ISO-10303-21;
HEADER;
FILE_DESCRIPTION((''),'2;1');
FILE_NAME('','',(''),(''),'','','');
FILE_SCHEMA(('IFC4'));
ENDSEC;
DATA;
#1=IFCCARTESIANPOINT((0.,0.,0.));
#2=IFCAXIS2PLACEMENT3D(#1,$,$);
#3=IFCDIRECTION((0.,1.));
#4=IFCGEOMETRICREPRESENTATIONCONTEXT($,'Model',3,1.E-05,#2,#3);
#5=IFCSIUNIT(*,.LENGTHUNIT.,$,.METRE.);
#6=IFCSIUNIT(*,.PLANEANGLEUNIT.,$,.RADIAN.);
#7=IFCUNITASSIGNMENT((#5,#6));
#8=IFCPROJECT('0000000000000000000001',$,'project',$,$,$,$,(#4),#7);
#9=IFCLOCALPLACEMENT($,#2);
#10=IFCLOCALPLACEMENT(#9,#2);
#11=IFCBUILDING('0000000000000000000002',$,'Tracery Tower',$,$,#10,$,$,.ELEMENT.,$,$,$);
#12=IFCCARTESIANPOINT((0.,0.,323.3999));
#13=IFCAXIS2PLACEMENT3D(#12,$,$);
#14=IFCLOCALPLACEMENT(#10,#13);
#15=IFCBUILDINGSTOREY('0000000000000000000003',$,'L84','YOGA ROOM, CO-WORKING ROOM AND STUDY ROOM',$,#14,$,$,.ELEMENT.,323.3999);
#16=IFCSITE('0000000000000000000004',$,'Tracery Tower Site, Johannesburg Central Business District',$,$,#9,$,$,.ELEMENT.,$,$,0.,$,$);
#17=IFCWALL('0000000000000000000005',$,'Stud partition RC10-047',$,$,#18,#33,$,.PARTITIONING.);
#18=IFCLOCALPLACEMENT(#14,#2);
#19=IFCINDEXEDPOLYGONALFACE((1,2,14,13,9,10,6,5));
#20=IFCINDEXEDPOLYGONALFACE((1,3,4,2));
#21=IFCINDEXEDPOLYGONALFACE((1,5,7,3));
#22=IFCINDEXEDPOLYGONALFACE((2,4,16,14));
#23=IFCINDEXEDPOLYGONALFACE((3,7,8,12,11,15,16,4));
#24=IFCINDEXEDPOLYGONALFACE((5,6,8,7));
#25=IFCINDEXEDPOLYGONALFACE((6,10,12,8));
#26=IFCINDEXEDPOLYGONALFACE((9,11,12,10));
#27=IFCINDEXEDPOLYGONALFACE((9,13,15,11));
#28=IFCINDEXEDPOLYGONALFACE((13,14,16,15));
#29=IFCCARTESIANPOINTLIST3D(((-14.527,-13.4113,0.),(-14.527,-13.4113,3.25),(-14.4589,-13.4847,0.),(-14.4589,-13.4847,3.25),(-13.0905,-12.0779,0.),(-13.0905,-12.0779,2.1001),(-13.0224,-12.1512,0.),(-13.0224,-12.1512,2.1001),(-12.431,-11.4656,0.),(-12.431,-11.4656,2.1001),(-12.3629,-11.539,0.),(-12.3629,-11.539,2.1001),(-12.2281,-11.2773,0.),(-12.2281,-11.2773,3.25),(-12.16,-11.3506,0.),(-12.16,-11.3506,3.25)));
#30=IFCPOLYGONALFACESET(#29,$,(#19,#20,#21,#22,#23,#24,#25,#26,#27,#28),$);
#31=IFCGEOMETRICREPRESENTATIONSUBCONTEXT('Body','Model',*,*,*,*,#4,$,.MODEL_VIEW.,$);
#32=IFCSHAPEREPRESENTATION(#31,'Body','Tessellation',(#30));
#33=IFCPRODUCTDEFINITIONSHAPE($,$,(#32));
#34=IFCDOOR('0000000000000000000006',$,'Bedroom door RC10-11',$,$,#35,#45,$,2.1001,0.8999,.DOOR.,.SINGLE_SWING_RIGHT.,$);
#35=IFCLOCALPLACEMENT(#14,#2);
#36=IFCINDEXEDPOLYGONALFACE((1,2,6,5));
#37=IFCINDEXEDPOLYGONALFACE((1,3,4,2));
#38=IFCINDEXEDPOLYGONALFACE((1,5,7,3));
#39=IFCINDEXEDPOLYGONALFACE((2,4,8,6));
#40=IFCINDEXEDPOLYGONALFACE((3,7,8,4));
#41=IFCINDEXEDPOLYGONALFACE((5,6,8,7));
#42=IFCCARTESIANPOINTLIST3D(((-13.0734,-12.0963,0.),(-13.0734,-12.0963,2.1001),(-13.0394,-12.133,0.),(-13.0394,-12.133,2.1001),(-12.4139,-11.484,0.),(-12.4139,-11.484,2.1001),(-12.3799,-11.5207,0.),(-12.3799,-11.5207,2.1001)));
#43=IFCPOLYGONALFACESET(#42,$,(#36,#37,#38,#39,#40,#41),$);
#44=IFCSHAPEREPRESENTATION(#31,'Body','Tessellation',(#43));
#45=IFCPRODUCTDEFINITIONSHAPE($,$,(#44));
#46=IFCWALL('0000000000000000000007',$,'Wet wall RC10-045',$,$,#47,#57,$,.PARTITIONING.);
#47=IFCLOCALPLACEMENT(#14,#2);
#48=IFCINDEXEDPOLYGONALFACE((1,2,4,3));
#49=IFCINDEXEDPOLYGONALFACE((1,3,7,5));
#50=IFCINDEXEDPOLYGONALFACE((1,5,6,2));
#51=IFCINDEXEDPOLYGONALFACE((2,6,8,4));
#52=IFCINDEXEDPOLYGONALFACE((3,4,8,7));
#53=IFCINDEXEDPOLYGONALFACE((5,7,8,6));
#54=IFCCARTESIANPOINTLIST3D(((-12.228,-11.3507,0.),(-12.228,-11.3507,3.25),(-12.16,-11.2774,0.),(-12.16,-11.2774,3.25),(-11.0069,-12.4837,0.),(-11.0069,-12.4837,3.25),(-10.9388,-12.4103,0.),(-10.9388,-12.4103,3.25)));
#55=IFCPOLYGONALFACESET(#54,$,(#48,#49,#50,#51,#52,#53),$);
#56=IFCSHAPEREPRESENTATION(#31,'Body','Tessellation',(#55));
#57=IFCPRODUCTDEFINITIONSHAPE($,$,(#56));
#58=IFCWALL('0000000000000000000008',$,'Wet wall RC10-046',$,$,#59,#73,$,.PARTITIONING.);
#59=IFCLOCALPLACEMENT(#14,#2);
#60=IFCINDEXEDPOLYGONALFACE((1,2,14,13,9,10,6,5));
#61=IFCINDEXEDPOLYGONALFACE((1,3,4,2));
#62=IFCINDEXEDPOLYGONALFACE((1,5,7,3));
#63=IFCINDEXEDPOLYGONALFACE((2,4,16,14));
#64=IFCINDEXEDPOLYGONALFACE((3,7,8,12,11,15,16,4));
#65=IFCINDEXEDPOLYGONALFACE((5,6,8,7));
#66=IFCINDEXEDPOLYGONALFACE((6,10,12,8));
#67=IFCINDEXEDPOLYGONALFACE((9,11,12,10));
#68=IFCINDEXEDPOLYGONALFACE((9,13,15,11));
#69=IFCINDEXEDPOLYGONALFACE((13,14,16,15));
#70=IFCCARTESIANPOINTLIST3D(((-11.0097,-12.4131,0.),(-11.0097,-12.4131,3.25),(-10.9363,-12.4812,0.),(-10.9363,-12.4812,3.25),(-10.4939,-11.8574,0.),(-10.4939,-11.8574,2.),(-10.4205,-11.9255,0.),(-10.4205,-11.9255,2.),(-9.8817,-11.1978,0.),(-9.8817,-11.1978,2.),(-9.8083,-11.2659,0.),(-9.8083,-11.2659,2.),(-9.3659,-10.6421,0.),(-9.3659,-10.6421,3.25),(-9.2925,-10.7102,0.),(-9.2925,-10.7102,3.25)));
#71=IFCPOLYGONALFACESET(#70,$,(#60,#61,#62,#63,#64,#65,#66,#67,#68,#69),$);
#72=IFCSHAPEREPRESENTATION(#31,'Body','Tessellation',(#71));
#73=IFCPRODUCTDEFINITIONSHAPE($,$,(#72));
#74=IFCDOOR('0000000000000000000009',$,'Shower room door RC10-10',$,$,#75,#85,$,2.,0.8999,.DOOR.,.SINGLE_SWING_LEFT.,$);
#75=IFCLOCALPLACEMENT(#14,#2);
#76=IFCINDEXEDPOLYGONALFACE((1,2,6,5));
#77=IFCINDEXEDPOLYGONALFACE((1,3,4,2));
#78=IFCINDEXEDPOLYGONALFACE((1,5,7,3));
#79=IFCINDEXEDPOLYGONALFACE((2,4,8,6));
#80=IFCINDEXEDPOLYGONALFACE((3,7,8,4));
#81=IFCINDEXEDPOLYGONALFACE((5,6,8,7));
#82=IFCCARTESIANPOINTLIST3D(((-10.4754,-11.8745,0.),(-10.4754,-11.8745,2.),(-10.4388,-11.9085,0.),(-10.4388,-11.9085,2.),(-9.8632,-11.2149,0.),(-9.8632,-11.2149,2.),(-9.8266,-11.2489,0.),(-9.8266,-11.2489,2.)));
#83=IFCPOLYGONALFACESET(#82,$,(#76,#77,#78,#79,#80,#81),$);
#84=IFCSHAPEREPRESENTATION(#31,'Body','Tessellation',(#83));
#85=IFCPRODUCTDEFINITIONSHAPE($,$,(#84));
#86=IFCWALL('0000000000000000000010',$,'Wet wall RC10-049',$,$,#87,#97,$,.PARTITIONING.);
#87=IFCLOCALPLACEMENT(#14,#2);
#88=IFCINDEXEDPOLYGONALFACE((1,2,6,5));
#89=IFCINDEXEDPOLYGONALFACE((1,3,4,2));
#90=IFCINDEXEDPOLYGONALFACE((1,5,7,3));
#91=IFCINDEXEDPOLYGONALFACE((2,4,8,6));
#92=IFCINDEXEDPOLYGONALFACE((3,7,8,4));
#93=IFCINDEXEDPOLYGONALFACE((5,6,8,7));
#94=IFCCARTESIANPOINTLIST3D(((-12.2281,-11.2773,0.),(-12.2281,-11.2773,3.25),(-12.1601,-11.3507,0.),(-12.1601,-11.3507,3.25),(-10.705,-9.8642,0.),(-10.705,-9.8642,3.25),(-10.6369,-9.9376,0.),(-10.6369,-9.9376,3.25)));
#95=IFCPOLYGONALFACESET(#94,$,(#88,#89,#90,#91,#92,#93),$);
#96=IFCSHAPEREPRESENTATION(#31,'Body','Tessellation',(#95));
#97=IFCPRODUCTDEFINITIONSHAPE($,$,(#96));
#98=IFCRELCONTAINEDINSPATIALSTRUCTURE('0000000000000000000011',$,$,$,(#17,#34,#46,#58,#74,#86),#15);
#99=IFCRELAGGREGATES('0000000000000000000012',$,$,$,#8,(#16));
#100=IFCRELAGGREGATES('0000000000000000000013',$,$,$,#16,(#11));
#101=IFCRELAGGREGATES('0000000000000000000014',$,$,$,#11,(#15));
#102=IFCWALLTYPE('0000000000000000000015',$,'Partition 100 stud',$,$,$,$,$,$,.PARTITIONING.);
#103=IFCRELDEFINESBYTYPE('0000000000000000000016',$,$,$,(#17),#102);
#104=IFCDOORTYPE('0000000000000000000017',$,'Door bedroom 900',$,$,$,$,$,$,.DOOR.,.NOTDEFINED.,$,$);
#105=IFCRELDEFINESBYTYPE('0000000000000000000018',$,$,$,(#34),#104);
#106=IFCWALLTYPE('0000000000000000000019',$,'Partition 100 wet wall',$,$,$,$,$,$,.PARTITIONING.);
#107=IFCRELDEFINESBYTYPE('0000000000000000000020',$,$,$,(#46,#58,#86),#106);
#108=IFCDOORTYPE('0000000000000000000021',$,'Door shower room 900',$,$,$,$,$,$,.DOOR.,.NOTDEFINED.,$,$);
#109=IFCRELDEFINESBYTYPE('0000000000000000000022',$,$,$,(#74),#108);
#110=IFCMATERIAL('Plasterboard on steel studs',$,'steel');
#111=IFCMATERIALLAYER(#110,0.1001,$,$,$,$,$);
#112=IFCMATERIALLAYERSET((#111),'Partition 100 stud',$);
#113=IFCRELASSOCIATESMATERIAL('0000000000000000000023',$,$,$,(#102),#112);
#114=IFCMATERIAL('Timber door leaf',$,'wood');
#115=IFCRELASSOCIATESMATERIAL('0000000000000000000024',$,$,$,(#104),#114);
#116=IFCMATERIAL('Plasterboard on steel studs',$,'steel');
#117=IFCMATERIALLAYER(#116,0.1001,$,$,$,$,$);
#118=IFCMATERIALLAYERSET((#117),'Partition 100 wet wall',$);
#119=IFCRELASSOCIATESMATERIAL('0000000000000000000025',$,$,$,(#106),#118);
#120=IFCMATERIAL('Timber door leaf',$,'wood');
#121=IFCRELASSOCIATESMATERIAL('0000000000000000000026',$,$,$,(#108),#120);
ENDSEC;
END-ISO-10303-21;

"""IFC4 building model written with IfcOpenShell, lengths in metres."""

from ifc_helpers import new_model, si_unit, direction, frame, frame_2d, origin, place, context, subcontext, project, spatial, rectangle, extrude, material, layer, layer_set, type_object, element, fill, save


model = new_model("IFC4")

# Units and contexts
model_context = context("Model", 3, precision=1e-05, world=origin(), true_north=direction((0.0, 1.0)))
body_context = subcontext(model_context, "Body", "Model", "MODEL_VIEW")
ifc_project = project(units=[si_unit("LENGTHUNIT", "METRE"), si_unit("PLANEANGLEUNIT", "RADIAN")], contexts=[model_context])

# Site, building, storey
site_placement = place(None, origin())
site = spatial("IfcSite", under=ifc_project, at=site_placement, Name="Tracery Tower Site, Johannesburg Central Business District", CompositionType="ELEMENT", RefElevation=0.0)
building_placement = place(site_placement, origin())
building = spatial("IfcBuilding", under=site, at=building_placement, Name="Tracery Tower", CompositionType="ELEMENT")
storey_placement = place(building_placement, frame((0.0, 0.0, 323.3999)))
storey = spatial("IfcBuildingStorey", under=building, at=storey_placement, Name="L84", Description="YOGA ROOM, CO-WORKING ROOM AND STUDY ROOM", CompositionType="ELEMENT", Elevation=323.3999)

# Wall, opening, door
ifc_material_1 = material(Name="Plasterboard on steel studs", Category="steel")
ifc_layer_1 = layer(ifc_material_1, 0.1001)
ifc_layer_set_1 = layer_set([ifc_layer_1], Name="Partition 100 stud")
wall_type_1 = type_object("IfcWallType", Name="Partition 100 stud", PredefinedType="PARTITIONING", material=ifc_layer_set_1)
wall_1_placement = place(storey_placement, frame((-14.4929, -13.448, 0.0), z_axis=(0.0, 0.0, 1.0), x_axis=(0.732888, 0.68035, 0.0)))
wall_1 = element("IfcWall", 1, at=wall_1_placement, inside=storey, type_object=wall_type_1, Name="Stud partition RC10-047", PredefinedType="PARTITIONING", context=body_context, shape_type="SweptSolid", body=[
    extrude(rectangle(XDim=3.1367, YDim=0.1001, at=frame_2d((1.5684, 0.0))), origin(), (0.0, 0.0, 1.0), 3.25),
])
opening_1_placement = place(wall_1_placement, frame((1.96, 0.0, 0.0)))
opening_1 = element("IfcOpeningElement", 2, at=opening_1_placement, cuts=wall_1, PredefinedType="OPENING", context=body_context, shape_type="SweptSolid", body=[
    extrude(rectangle(XDim=0.8999, YDim=2.1001, at=frame_2d((0.45, 1.05))), frame((0.0, 0.05, 0.0), z_axis=(0.0, -1.0, 0.0), x_axis=(1.0, 0.0, 0.0)), (0.0, 0.0, 1.0), 0.1001),
])
ifc_material_2 = material(Name="Timber door leaf", Category="wood")
door_type_1 = type_object("IfcDoorType", Name="Door bedroom 900", OperationType="NOTDEFINED", PredefinedType="DOOR", material=ifc_material_2)
door_1_placement = place(opening_1_placement, origin())
door_1 = element("IfcDoor", 3, at=door_1_placement, inside=storey, type_object=door_type_1, Name="Bedroom door RC10-11", OperationType="SINGLE_SWING_RIGHT", OverallHeight=2.1001, OverallWidth=0.8999, PredefinedType="DOOR", context=body_context, shape_type="SweptSolid", body=[
    extrude(rectangle(XDim=0.8999, YDim=2.1001, at=frame_2d((0.45, 1.05))), frame((0.0, 0.0249, 0.0), z_axis=(0.0, -1.0, 0.0), x_axis=(1.0, 0.0, 0.0)), (0.0, 0.0, 1.0), 0.05),
])
fill(opening_1, door_1)

# Wall
ifc_material_3 = material(Name="Plasterboard on steel studs", Category="steel")
ifc_layer_2 = layer(ifc_material_3, 0.1001)
ifc_layer_set_2 = layer_set([ifc_layer_2], Name="Partition 100 wet wall")
wall_type_2 = type_object("IfcWallType", Name="Partition 100 wet wall", PredefinedType="PARTITIONING", material=ifc_layer_set_2)
wall_2_placement = place(storey_placement, frame((-12.1941, -11.314, 0.0), z_axis=(0.0, 0.0, 1.0), x_axis=(0.733065, -0.680159, 0.0)))
element("IfcWall", 4, at=wall_2_placement, inside=storey, type_object=wall_type_2, Name="Wet wall RC10-045", PredefinedType="PARTITIONING", context=body_context, shape_type="SweptSolid", body=[
    extrude(rectangle(XDim=1.6658, YDim=0.1001, at=frame_2d((0.833, 0.0))), origin(), (0.0, 0.0, 1.0), 3.25),
])

# Wall, opening, door
wall_3_placement = place(storey_placement, frame((-10.9729, -12.447, 0.0), z_axis=(0.0, 0.0, 1.0), x_axis=(0.680296, 0.732937, 0.0)))
wall_3 = element("IfcWall", 5, at=wall_3_placement, inside=storey, type_object=wall_type_2, Name="Wet wall RC10-046", PredefinedType="PARTITIONING", context=body_context, shape_type="SweptSolid", body=[
    extrude(rectangle(XDim=2.4163, YDim=0.1001, at=frame_2d((1.208, 0.0))), origin(), (0.0, 0.0, 1.0), 3.25),
])
opening_2_placement = place(wall_3_placement, frame((0.7581, 0.0, 0.0)))
opening_2 = element("IfcOpeningElement", 6, at=opening_2_placement, cuts=wall_3, PredefinedType="OPENING", context=body_context, shape_type="SweptSolid", body=[
    extrude(rectangle(XDim=0.8999, YDim=2.0, at=frame_2d((0.45, 1.0))), frame((0.0, 0.05, 0.0), z_axis=(0.0, -1.0, 0.0), x_axis=(1.0, 0.0, 0.0)), (0.0, 0.0, 1.0), 0.1001),
])
ifc_material_4 = material(Name="Timber door leaf", Category="wood")
door_type_2 = type_object("IfcDoorType", Name="Door shower room 900", OperationType="NOTDEFINED", PredefinedType="DOOR", material=ifc_material_4)
door_2_placement = place(opening_2_placement, origin())
door_2 = element("IfcDoor", 7, at=door_2_placement, inside=storey, type_object=door_type_2, Name="Shower room door RC10-10", OperationType="SINGLE_SWING_LEFT", OverallHeight=2.0, OverallWidth=0.8999, PredefinedType="DOOR", context=body_context, shape_type="SweptSolid", body=[
    extrude(rectangle(XDim=0.8999, YDim=2.0, at=frame_2d((0.45, 1.0))), frame((0.0, 0.0249, 0.0), z_axis=(0.0, -1.0, 0.0), x_axis=(1.0, 0.0, 0.0)), (0.0, 0.0, 1.0), 0.05),
])
fill(opening_2, door_2)

# Wall
wall_4_placement = place(storey_placement, frame((-12.1941, -11.314, 0.0), z_axis=(0.0, 0.0, 1.0), x_axis=(0.733107, 0.680113, 0.0)))
element("IfcWall", 8, at=wall_4_placement, inside=storey, type_object=wall_type_2, Name="Wet wall RC10-049", PredefinedType="PARTITIONING", context=body_context, shape_type="SweptSolid", body=[
    extrude(rectangle(XDim=2.0776, YDim=0.1001, at=frame_2d((1.0388, 0.0))), origin(), (0.0, 0.0, 1.0), 3.25),
])

save(model, "model.ifc")
